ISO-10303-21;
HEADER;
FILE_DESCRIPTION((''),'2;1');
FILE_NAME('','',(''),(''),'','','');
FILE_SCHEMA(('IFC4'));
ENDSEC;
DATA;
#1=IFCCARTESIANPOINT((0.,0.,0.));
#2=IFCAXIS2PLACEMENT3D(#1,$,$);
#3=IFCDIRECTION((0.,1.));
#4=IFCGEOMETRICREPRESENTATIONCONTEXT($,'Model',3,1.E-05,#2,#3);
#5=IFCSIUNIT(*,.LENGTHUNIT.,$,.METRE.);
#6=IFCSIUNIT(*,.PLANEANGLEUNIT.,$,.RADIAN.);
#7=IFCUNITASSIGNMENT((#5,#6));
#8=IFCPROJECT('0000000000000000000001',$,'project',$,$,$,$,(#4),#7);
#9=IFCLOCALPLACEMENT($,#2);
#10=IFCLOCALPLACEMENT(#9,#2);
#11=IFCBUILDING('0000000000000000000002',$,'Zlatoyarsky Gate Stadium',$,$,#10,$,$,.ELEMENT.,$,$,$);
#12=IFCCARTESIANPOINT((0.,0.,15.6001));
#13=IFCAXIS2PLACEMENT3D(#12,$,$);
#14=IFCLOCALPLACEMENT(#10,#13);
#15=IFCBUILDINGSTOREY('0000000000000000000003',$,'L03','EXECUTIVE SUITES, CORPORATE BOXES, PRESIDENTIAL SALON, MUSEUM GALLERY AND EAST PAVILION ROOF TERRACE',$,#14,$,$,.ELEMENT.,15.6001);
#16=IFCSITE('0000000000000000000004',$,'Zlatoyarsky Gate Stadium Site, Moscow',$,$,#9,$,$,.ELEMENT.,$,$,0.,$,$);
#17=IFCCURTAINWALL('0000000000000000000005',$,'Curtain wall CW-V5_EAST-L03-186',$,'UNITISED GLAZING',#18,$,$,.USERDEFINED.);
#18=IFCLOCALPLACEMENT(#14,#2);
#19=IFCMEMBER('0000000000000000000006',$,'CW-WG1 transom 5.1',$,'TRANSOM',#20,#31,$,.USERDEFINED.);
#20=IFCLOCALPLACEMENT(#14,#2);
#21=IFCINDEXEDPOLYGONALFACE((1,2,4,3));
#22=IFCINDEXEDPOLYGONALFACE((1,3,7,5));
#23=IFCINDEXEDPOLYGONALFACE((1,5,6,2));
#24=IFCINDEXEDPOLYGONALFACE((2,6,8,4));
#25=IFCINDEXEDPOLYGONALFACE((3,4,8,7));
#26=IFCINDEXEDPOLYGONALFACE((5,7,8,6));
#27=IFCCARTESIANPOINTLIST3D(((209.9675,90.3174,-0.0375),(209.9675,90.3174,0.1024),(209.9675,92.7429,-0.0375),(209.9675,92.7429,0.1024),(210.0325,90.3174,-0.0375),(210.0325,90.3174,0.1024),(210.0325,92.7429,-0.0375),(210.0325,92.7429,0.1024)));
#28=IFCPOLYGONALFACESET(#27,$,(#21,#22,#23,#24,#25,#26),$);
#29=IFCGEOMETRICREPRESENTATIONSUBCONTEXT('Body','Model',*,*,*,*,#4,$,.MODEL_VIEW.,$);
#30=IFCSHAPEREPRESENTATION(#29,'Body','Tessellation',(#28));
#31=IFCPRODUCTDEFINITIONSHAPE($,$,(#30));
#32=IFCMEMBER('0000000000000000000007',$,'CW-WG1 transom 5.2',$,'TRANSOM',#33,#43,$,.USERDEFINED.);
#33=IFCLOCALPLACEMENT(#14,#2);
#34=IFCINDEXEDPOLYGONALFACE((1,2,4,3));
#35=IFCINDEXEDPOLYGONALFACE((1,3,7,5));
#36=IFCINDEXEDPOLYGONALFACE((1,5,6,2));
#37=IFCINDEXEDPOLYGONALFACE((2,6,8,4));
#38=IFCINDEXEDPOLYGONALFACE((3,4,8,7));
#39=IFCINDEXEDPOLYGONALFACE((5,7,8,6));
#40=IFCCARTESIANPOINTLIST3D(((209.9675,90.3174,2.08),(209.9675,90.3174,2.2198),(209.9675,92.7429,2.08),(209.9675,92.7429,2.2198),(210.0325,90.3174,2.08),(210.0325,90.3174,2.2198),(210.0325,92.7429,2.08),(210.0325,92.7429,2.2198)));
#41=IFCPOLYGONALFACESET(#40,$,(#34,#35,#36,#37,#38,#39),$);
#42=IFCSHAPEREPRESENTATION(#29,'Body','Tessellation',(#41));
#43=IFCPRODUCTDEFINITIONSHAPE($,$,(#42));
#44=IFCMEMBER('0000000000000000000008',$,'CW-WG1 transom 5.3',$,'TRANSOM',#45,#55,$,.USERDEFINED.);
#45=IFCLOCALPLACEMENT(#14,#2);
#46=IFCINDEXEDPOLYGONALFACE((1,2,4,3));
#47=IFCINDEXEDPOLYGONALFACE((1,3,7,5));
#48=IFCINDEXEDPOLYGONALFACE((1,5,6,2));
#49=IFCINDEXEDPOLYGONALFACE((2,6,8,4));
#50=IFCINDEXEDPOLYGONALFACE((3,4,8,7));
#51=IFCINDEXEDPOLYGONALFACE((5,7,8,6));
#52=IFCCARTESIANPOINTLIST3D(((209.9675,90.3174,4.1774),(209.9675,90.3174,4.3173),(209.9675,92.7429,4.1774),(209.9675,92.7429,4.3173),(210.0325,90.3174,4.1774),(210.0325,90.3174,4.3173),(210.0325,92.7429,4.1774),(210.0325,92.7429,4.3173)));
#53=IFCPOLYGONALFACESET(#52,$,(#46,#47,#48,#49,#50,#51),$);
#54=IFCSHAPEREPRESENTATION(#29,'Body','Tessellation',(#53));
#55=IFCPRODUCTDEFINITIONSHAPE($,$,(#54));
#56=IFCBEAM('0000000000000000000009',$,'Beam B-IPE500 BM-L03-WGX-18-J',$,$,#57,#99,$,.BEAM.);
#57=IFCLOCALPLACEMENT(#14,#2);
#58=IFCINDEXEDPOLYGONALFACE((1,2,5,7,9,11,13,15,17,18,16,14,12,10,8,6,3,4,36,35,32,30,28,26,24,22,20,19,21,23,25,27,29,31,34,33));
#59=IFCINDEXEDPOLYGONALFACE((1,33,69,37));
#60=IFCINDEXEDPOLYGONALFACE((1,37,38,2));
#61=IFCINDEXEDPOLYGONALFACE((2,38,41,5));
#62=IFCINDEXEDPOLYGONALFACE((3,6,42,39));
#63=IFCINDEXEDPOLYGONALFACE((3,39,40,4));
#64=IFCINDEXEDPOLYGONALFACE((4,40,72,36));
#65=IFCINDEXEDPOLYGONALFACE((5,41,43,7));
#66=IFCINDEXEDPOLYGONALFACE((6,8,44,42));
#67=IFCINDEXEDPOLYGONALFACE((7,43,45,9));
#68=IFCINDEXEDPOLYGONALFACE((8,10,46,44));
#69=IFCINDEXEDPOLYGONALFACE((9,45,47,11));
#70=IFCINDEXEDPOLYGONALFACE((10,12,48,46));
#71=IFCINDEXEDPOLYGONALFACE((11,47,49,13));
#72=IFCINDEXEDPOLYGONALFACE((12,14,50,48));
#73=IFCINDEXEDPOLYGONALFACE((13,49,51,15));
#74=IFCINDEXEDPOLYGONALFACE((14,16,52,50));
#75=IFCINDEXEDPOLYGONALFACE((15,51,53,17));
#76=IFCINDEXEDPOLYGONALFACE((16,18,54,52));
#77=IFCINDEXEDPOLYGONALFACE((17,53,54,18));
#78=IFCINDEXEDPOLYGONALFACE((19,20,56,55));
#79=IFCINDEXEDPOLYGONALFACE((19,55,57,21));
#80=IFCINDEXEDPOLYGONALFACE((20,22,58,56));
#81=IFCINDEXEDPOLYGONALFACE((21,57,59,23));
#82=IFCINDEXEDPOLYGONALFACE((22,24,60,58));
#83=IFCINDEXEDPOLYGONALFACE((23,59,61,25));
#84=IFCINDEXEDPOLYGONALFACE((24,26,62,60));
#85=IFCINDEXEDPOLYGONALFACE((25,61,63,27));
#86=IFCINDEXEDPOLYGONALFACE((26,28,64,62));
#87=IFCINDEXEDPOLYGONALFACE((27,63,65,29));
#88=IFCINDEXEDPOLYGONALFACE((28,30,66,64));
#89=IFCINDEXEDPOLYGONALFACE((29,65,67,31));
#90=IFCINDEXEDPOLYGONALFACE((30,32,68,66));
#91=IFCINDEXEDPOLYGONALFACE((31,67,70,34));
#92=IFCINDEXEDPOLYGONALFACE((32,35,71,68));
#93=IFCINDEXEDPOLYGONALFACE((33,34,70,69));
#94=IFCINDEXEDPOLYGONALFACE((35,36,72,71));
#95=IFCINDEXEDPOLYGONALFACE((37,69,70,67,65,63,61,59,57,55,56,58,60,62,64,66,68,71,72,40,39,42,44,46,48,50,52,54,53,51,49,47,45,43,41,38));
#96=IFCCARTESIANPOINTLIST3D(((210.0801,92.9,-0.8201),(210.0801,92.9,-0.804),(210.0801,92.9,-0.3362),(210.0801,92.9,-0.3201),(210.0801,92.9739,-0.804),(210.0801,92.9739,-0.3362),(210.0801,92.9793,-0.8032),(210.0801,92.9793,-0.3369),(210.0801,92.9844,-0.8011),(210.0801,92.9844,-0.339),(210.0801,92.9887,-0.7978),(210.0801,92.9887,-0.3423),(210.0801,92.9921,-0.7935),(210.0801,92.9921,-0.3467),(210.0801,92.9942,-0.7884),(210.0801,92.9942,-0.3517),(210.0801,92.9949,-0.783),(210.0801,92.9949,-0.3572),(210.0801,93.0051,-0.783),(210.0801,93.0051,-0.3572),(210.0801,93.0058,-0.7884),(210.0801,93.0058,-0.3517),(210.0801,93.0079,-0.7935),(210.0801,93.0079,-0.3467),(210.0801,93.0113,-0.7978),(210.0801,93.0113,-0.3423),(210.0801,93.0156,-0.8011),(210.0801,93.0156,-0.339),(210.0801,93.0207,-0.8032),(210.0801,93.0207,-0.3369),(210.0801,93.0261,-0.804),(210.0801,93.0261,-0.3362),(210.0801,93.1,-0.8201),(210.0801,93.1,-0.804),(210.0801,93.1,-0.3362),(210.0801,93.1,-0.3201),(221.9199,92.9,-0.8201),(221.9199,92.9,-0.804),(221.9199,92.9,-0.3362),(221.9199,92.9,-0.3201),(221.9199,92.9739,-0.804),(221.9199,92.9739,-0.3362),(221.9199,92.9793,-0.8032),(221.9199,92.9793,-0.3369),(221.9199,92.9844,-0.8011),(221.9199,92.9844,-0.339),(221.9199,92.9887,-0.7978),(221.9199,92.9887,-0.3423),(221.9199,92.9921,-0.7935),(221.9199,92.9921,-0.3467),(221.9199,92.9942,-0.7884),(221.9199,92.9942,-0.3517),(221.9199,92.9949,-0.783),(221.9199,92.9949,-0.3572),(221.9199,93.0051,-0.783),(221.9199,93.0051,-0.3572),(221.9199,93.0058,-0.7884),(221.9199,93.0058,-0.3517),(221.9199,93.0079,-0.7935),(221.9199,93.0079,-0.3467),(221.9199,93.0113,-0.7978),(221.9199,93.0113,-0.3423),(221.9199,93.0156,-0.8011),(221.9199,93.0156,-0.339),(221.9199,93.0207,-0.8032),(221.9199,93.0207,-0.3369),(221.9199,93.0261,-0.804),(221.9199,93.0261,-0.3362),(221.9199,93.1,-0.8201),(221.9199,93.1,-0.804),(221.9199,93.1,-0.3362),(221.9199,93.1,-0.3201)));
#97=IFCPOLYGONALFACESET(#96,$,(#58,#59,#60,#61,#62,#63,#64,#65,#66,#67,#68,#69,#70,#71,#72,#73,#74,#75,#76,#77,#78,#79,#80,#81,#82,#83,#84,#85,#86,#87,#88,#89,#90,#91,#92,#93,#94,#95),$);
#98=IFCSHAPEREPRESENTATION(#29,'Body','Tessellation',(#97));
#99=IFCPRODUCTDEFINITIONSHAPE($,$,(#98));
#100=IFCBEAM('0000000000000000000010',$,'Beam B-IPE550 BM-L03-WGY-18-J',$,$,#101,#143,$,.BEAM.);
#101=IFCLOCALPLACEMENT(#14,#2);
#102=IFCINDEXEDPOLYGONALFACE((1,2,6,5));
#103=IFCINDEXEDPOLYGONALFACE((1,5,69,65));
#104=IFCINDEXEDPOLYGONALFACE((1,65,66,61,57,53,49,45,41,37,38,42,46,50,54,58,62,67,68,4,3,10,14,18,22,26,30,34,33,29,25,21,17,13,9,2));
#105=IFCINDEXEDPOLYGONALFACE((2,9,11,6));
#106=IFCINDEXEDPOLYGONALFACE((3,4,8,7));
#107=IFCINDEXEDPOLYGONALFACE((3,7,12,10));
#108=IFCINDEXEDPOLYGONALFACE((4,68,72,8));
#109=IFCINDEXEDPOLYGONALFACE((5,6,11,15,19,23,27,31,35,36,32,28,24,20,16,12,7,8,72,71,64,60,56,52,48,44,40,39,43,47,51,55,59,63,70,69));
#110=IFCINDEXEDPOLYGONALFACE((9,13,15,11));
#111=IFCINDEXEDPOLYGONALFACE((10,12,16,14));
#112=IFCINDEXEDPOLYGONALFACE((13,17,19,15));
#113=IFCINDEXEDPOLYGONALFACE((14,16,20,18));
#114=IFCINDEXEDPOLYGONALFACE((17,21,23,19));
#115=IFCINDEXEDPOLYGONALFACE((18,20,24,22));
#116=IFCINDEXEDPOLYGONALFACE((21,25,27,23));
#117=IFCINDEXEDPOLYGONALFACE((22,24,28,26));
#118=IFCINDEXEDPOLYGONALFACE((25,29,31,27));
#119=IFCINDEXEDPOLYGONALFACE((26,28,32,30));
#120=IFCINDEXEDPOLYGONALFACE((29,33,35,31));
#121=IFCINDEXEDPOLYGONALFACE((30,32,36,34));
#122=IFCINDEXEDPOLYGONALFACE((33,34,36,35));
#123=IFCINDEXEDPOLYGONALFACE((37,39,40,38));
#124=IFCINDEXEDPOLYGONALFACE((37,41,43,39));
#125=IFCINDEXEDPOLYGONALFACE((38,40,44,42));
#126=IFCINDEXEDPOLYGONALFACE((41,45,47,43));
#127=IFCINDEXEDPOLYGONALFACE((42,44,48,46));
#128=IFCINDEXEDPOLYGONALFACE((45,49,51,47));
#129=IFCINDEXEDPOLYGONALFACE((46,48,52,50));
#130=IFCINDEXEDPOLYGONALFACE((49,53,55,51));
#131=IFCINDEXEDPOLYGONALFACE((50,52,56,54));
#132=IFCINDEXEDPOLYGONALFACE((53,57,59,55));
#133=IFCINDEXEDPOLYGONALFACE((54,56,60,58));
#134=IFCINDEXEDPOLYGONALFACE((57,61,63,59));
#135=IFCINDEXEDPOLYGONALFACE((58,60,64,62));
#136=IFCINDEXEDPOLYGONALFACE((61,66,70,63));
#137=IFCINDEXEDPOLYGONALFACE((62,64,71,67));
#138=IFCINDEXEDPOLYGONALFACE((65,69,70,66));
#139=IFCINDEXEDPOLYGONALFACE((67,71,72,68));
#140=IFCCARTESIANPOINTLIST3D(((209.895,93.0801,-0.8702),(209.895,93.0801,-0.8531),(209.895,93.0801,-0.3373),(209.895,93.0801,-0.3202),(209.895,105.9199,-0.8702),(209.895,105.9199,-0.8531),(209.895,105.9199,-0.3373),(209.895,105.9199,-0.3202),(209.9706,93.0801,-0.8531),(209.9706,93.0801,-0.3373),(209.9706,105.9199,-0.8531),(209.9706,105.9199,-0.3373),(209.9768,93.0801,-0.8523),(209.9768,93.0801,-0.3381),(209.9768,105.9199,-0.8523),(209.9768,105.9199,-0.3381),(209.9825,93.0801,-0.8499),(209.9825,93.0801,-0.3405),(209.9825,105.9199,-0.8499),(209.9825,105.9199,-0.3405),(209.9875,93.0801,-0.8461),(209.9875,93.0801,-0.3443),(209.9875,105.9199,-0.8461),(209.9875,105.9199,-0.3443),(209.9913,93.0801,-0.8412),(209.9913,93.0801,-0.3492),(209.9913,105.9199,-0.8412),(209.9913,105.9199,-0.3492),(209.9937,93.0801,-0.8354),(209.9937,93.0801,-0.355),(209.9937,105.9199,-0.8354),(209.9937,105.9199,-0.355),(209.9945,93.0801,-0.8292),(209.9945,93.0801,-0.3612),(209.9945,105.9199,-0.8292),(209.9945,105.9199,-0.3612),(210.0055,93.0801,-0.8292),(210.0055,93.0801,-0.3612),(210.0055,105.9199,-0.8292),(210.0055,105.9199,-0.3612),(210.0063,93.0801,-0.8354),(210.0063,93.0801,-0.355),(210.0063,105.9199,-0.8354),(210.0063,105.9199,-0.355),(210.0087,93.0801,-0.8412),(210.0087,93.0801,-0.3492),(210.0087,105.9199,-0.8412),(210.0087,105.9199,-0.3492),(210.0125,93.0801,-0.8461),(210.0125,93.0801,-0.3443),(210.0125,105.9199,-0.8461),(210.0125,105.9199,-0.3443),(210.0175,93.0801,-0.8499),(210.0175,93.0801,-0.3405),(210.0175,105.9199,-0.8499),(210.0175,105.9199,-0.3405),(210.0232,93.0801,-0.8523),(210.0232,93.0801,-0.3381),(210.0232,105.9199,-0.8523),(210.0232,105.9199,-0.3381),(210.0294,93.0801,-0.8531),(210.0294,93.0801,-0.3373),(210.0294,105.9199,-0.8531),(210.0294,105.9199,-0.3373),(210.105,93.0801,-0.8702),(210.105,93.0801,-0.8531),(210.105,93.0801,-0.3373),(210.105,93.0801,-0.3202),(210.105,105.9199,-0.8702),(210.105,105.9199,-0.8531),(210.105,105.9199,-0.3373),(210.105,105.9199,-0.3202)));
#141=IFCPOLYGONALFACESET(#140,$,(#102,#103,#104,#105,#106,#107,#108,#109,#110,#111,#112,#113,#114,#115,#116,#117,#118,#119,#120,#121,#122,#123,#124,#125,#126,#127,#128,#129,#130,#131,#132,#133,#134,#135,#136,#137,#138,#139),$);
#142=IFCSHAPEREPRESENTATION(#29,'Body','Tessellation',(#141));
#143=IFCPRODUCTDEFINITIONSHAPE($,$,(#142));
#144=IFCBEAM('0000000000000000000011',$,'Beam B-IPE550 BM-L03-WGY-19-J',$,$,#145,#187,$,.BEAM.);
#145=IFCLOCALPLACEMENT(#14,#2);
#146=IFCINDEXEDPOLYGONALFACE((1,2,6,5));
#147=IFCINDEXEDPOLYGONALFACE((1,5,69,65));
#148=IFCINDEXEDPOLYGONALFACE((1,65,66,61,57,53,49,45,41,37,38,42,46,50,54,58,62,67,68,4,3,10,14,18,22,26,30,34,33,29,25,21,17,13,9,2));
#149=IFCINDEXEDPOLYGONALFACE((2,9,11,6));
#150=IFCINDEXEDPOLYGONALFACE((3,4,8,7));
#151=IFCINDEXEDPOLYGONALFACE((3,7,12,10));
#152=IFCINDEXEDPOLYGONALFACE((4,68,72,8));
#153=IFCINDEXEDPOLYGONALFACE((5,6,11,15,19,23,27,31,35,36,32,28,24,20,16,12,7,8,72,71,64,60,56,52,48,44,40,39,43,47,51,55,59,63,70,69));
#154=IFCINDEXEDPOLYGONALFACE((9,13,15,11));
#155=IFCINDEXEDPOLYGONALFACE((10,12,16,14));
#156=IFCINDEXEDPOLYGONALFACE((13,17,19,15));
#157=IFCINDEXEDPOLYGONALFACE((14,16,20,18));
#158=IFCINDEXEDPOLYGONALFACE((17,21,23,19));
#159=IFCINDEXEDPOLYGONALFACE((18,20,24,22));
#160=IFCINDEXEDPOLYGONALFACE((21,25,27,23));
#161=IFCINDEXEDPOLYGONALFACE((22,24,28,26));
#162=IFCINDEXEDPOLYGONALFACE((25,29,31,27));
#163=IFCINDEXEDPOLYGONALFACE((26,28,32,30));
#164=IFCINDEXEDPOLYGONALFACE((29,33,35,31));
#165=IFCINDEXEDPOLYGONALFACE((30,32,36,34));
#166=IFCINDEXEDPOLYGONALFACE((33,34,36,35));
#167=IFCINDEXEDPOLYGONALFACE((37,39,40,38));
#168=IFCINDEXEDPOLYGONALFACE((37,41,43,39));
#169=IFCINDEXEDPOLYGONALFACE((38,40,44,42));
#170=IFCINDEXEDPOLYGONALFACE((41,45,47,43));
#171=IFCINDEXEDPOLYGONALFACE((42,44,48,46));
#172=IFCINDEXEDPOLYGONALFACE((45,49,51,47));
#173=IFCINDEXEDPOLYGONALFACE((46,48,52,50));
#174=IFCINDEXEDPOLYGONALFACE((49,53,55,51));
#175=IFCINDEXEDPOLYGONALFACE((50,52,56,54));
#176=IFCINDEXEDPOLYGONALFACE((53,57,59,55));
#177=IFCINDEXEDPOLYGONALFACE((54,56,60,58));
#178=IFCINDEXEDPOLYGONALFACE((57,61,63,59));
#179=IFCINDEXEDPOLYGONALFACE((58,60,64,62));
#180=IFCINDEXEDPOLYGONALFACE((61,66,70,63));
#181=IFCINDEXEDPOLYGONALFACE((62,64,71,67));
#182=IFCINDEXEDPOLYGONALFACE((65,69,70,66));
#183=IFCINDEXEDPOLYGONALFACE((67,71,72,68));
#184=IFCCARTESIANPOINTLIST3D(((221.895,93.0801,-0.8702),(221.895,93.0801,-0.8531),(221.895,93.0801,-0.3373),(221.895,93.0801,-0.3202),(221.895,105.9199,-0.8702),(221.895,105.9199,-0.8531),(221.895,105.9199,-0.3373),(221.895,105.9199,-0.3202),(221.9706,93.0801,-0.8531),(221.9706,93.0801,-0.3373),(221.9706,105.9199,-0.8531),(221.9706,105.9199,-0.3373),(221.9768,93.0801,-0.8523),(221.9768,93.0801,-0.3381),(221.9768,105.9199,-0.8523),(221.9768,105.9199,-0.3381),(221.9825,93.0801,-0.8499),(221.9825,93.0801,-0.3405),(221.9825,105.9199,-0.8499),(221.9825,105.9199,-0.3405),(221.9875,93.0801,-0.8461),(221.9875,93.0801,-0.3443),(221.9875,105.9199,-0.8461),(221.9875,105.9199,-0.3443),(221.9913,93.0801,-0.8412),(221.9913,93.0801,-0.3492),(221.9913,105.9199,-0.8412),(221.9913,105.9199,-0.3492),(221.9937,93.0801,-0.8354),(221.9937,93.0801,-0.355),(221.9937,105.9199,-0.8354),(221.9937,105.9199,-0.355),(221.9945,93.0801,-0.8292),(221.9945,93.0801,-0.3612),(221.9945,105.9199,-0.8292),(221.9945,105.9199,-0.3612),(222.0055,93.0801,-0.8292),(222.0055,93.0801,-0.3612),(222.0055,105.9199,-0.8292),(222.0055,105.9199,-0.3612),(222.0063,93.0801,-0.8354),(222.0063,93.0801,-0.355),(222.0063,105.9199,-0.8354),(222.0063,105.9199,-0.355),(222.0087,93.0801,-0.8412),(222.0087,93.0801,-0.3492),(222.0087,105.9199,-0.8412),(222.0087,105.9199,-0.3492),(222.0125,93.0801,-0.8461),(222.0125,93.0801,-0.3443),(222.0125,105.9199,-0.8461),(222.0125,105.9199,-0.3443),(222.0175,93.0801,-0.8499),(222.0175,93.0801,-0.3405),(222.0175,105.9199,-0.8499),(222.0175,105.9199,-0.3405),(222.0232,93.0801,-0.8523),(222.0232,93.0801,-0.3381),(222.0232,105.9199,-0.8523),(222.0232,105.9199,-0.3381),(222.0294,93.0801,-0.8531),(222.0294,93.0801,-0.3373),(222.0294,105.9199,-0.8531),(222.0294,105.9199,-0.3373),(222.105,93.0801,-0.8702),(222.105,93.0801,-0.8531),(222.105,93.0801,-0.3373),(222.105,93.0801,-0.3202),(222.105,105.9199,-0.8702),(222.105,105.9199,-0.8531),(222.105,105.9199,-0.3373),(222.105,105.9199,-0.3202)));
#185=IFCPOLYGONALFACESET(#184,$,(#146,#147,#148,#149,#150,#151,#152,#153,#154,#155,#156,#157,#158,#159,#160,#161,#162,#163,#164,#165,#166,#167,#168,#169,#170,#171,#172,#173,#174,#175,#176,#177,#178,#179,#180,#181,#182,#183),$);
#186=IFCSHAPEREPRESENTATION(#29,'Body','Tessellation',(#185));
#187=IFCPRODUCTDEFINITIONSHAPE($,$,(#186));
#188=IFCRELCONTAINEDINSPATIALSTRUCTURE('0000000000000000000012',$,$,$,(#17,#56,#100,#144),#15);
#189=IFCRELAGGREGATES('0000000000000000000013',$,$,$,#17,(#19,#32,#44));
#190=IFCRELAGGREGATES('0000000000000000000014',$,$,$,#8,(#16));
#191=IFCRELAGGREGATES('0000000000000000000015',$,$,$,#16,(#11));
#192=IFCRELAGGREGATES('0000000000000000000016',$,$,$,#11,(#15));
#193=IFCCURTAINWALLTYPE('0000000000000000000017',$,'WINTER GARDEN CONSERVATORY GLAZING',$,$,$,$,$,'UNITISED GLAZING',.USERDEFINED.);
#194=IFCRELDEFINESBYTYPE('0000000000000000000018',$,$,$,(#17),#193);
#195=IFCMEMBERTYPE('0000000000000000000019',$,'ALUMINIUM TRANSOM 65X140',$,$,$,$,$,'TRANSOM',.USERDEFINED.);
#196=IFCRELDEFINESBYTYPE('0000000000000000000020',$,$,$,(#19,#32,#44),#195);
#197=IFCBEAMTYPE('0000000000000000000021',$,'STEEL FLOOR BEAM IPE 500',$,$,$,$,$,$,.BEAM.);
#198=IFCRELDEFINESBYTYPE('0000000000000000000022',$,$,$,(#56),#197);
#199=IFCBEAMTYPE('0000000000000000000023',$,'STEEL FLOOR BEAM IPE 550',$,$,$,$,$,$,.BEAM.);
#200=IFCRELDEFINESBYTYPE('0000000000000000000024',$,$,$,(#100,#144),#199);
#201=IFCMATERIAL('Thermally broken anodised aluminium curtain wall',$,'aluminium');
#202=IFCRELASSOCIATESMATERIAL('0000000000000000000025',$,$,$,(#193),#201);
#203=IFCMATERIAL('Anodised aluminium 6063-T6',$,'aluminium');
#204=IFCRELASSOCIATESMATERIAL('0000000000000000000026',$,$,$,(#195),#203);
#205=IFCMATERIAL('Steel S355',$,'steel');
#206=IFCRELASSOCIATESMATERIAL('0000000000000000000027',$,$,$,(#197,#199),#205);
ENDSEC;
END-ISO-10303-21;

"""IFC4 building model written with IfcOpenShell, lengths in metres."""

from ifc_helpers import new_model, si_unit, direction, frame, origin, origin_2d, place, context, subcontext, project, spatial, rectangle, i_section, extrude, material, material_profile, profile_set, type_object, element, aggregate, save


model = new_model("IFC4")

# Units and contexts
model_context = context("Model", 3, precision=1e-05, world=origin(), true_north=direction((0.0, 1.0)))
body_context = subcontext(model_context, "Body", "Model", "MODEL_VIEW")
ifc_project = project(units=[si_unit("LENGTHUNIT", "METRE"), si_unit("PLANEANGLEUNIT", "RADIAN")], contexts=[model_context])

# Site, building, storey
site_placement = place(None, origin())
site = spatial("IfcSite", under=ifc_project, at=site_placement, Name="Zlatoyarsky Gate Stadium Site, Moscow", CompositionType="ELEMENT", RefElevation=0.0)
building_placement = place(site_placement, origin())
building = spatial("IfcBuilding", under=site, at=building_placement, Name="Zlatoyarsky Gate Stadium", CompositionType="ELEMENT")
storey_placement = place(building_placement, frame((0.0, 0.0, 15.6001)))
storey = spatial("IfcBuildingStorey", under=building, at=storey_placement, Name="L03", Description="EXECUTIVE SUITES, CORPORATE BOXES, PRESIDENTIAL SALON, MUSEUM GALLERY AND EAST PAVILION ROOF TERRACE", CompositionType="ELEMENT", Elevation=15.6001)

# Shared definitions
ifc_material_1 = material(Name="Steel S355", Category="steel")

# Curtain wall, members
ifc_material_2 = material(Name="Thermally broken anodised aluminium curtain wall", Category="aluminium")
ifc_material_3 = material(Name="Anodised aluminium 6063-T6", Category="aluminium")
curtain_wall_type_1 = type_object("IfcCurtainWallType", Name="WINTER GARDEN CONSERVATORY GLAZING", ElementType="UNITISED GLAZING", PredefinedType="USERDEFINED", material=ifc_material_2)
curtain_wall_1_placement = place(storey_placement, origin())
curtain_wall_1 = element("IfcCurtainWall", 1, at=curtain_wall_1_placement, inside=storey, type_object=curtain_wall_type_1, Name="Curtain wall CW-V5_EAST-L03-186", ObjectType="UNITISED GLAZING", PredefinedType="USERDEFINED")
ifc_material_profile_1 = material_profile(ifc_material_3, rectangle(XDim=0.0649, YDim=0.1399, at=origin_2d()), Name="ALU 65X140")
ifc_profile_set_1 = profile_set([ifc_material_profile_1], Name="Anodised aluminium 6063-T6")
member_type_1 = type_object("IfcMemberType", Name="ALUMINIUM TRANSOM 65X140", ElementType="TRANSOM", PredefinedType="USERDEFINED", material=ifc_profile_set_1)
member_1_placement = place(storey_placement, frame((210.0, 90.3174, 0.0325), z_axis=(0.0, 1.0, 0.0), x_axis=(-1.0, 0.0, 0.0)))
member_1 = element("IfcMember", 2, at=member_1_placement, type_object=member_type_1, Name="CW-WG1 transom 5.1", ObjectType="TRANSOM", PredefinedType="USERDEFINED", context=body_context, shape_type="SweptSolid", body=[
    extrude(rectangle(XDim=0.0649, YDim=0.1399, at=origin_2d()), origin(), (0.0, 0.0, 1.0), 2.4255),
])
member_2_placement = place(storey_placement, frame((210.0, 90.3174, 2.1499), z_axis=(0.0, 1.0, 0.0), x_axis=(-1.0, 0.0, 0.0)))
member_2 = element("IfcMember", 3, at=member_2_placement, type_object=member_type_1, Name="CW-WG1 transom 5.2", ObjectType="TRANSOM", PredefinedType="USERDEFINED", context=body_context, shape_type="SweptSolid", body=[
    extrude(rectangle(XDim=0.0649, YDim=0.1399, at=origin_2d()), origin(), (0.0, 0.0, 1.0), 2.4255),
])
member_3_placement = place(storey_placement, frame((210.0, 90.3174, 4.2473), z_axis=(0.0, 1.0, 0.0), x_axis=(-1.0, 0.0, 0.0)))
member_3 = element("IfcMember", 4, at=member_3_placement, type_object=member_type_1, Name="CW-WG1 transom 5.3", ObjectType="TRANSOM", PredefinedType="USERDEFINED", context=body_context, shape_type="SweptSolid", body=[
    extrude(rectangle(XDim=0.0649, YDim=0.1399, at=origin_2d()), origin(), (0.0, 0.0, 1.0), 2.4255),
])

# Beams
ifc_material_profile_2 = material_profile(ifc_material_1, i_section(OverallWidth=0.2, OverallDepth=0.5, WebThickness=0.0103, FlangeThickness=0.0161, FilletRadius=0.021, at=origin_2d()), Name="IPE 500")
ifc_profile_set_2 = profile_set([ifc_material_profile_2], Name="Steel S355")
beam_type_1 = type_object("IfcBeamType", Name="STEEL FLOOR BEAM IPE 500", PredefinedType="BEAM", material=ifc_profile_set_2)
beam_placement = place(storey_placement, frame((210.0801, 93.0, -0.5701), z_axis=(1.0, 0.0, 0.0), x_axis=(0.0, 1.0, 0.0)))
element("IfcBeam", 5, at=beam_placement, inside=storey, type_object=beam_type_1, Name="Beam B-IPE500 BM-L03-WGX-18-J", PredefinedType="BEAM", context=body_context, shape_type="SweptSolid", body=[
    extrude(i_section(OverallWidth=0.2, OverallDepth=0.5, WebThickness=0.0103, FlangeThickness=0.0161, FilletRadius=0.021, at=origin_2d()), origin(), (0.0, 0.0, 1.0), 11.8398),
])
ifc_material_profile_3 = material_profile(ifc_material_1, i_section(OverallWidth=0.21, OverallDepth=0.55, WebThickness=0.011, FlangeThickness=0.0171, FilletRadius=0.0239, at=origin_2d()), Name="IPE 550")
ifc_profile_set_3 = profile_set([ifc_material_profile_3], Name="Steel S355")
beam_type_2 = type_object("IfcBeamType", Name="STEEL FLOOR BEAM IPE 550", PredefinedType="BEAM", material=ifc_profile_set_3)
for number, where, z_axis, x_axis, name in (
    (6, (210.0, 93.0801, -0.5952), (0.0, 1.0, 0.0), (-1.0, 0.0, 0.0), "Beam B-IPE550 BM-L03-WGY-18-J"),
    (7, (222.0, 93.0801, -0.5952), (0.0, 1.0, 0.0), (-1.0, 0.0, 0.0), "Beam B-IPE550 BM-L03-WGY-19-J"),
):
    element("IfcBeam", number, at=place(storey_placement, frame(where, z_axis=z_axis, x_axis=x_axis)), inside=storey, type_object=beam_type_2, Name=name, PredefinedType="BEAM", context=body_context, shape_type="SweptSolid", body=[
        extrude(i_section(OverallWidth=0.21, OverallDepth=0.55, WebThickness=0.011, FlangeThickness=0.0171, FilletRadius=0.0239, at=origin_2d()), origin(), (0.0, 0.0, 1.0), 12.8398),
    ])

aggregate(curtain_wall_1, [member_1, member_2, member_3])

save(model, "model.ifc")
